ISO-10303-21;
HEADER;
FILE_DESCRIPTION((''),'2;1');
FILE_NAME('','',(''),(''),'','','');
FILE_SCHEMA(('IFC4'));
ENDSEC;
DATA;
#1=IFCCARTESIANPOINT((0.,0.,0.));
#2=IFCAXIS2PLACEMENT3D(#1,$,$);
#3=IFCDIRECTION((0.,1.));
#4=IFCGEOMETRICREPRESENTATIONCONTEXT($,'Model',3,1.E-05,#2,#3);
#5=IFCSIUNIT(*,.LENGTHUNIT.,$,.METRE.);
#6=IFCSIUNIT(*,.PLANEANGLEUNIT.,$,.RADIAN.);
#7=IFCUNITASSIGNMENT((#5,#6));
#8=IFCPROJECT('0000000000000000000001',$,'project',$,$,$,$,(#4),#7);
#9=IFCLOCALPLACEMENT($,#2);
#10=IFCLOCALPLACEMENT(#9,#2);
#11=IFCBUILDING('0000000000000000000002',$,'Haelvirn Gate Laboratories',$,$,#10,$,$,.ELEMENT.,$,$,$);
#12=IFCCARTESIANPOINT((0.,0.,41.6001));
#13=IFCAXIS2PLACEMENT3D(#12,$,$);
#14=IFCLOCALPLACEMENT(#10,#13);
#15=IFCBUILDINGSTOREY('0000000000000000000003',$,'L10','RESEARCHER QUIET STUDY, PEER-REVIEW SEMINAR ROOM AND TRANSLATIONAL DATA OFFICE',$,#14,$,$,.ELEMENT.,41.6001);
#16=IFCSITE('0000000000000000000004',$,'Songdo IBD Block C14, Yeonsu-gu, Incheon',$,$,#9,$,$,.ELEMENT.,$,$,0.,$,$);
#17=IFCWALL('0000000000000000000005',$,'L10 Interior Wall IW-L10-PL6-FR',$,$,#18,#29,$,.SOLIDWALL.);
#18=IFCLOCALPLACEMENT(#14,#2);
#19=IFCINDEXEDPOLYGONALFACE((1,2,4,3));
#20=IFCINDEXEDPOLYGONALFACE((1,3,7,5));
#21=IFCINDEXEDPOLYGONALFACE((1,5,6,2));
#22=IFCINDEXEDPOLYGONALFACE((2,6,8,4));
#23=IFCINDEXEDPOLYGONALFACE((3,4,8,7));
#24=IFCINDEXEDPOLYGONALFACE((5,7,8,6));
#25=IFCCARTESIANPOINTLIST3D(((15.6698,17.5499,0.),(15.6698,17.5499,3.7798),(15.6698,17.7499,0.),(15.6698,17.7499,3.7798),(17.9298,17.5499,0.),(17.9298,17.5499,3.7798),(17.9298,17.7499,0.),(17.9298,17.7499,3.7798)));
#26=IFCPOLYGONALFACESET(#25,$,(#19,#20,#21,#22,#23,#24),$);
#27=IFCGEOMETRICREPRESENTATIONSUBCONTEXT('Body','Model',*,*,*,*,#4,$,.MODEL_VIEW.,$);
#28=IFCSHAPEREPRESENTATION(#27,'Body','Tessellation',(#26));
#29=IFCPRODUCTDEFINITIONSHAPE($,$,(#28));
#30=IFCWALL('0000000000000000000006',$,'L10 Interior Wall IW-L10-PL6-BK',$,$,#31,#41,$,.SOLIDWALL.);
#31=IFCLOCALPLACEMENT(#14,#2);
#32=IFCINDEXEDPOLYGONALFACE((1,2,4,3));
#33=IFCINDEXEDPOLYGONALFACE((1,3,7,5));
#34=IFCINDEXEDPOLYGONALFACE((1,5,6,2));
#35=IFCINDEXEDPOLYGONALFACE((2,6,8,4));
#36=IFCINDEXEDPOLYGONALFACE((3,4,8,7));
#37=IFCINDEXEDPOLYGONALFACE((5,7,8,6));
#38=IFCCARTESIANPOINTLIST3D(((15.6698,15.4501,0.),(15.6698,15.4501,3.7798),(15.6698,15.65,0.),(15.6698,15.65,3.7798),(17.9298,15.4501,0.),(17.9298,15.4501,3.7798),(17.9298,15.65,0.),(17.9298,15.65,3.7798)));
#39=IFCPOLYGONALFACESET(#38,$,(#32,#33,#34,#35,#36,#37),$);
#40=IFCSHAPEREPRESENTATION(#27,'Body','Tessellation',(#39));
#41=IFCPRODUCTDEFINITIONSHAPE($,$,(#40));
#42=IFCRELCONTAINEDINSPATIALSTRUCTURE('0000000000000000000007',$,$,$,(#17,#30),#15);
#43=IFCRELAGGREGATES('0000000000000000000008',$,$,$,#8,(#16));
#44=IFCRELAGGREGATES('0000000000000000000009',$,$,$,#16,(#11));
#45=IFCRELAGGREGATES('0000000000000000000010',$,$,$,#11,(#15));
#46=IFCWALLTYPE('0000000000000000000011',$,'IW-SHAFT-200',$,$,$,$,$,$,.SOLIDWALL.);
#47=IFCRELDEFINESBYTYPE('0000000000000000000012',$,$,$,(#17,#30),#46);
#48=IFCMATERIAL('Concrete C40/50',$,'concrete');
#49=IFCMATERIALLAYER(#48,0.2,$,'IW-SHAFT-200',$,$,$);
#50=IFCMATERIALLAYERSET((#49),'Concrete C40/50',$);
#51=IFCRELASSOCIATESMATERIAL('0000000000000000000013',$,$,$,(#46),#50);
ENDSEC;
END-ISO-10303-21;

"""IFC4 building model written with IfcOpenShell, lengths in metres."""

from ifc_helpers import new_model, si_unit, direction, frame, frame_2d, origin, place, context, subcontext, project, spatial, rectangle, extrude, material, layer, layer_set, type_object, element, save


model = new_model("IFC4")

# Units and contexts
model_context = context("Model", 3, precision=1e-05, world=origin(), true_north=direction((0.0, 1.0)))
body_context = subcontext(model_context, "Body", "Model", "MODEL_VIEW")
ifc_project = project(units=[si_unit("LENGTHUNIT", "METRE"), si_unit("PLANEANGLEUNIT", "RADIAN")], contexts=[model_context])

# Site, building, storey
site_placement = place(None, origin())
site = spatial("IfcSite", under=ifc_project, at=site_placement, Name="Songdo IBD Block C14, Yeonsu-gu, Incheon", CompositionType="ELEMENT", RefElevation=0.0)
building_placement = place(site_placement, origin())
building = spatial("IfcBuilding", under=site, at=building_placement, Name="Haelvirn Gate Laboratories", CompositionType="ELEMENT")
storey_placement = place(building_placement, frame((0.0, 0.0, 41.6001)))
storey = spatial("IfcBuildingStorey", under=building, at=storey_placement, Name="L10", Description="RESEARCHER QUIET STUDY, PEER-REVIEW SEMINAR ROOM AND TRANSLATIONAL DATA OFFICE", CompositionType="ELEMENT", Elevation=41.6001)

# Walls
ifc_material_1 = material(Name="Concrete C40/50", Category="concrete")
ifc_layer_1 = layer(ifc_material_1, 0.2, Name="IW-SHAFT-200")
ifc_layer_set_1 = layer_set([ifc_layer_1], Name="Concrete C40/50")
wall_type_1 = type_object("IfcWallType", Name="IW-SHAFT-200", PredefinedType="SOLIDWALL", material=ifc_layer_set_1)
for number, where, z_axis, x_axis, name in (
    (1, (15.6699, 17.6499, 0.0), (0.0, 0.0, 1.0), (1.0, 0.0, 0.0), "L10 Interior Wall IW-L10-PL6-FR"),
    (2, (15.6699, 15.55, 0.0), (0.0, 0.0, 1.0), (1.0, 0.0, 0.0), "L10 Interior Wall IW-L10-PL6-BK"),
):
    element("IfcWall", number, at=place(storey_placement, frame(where, z_axis=z_axis, x_axis=x_axis)), inside=storey, type_object=wall_type_1, Name=name, PredefinedType="SOLIDWALL", context=body_context, shape_type="SweptSolid", body=[
        extrude(rectangle(XDim=2.26, YDim=0.2, at=frame_2d((1.1299, 0.0))), origin(), (0.0, 0.0, 1.0), 3.7798),
    ])

save(model, "model.ifc")
